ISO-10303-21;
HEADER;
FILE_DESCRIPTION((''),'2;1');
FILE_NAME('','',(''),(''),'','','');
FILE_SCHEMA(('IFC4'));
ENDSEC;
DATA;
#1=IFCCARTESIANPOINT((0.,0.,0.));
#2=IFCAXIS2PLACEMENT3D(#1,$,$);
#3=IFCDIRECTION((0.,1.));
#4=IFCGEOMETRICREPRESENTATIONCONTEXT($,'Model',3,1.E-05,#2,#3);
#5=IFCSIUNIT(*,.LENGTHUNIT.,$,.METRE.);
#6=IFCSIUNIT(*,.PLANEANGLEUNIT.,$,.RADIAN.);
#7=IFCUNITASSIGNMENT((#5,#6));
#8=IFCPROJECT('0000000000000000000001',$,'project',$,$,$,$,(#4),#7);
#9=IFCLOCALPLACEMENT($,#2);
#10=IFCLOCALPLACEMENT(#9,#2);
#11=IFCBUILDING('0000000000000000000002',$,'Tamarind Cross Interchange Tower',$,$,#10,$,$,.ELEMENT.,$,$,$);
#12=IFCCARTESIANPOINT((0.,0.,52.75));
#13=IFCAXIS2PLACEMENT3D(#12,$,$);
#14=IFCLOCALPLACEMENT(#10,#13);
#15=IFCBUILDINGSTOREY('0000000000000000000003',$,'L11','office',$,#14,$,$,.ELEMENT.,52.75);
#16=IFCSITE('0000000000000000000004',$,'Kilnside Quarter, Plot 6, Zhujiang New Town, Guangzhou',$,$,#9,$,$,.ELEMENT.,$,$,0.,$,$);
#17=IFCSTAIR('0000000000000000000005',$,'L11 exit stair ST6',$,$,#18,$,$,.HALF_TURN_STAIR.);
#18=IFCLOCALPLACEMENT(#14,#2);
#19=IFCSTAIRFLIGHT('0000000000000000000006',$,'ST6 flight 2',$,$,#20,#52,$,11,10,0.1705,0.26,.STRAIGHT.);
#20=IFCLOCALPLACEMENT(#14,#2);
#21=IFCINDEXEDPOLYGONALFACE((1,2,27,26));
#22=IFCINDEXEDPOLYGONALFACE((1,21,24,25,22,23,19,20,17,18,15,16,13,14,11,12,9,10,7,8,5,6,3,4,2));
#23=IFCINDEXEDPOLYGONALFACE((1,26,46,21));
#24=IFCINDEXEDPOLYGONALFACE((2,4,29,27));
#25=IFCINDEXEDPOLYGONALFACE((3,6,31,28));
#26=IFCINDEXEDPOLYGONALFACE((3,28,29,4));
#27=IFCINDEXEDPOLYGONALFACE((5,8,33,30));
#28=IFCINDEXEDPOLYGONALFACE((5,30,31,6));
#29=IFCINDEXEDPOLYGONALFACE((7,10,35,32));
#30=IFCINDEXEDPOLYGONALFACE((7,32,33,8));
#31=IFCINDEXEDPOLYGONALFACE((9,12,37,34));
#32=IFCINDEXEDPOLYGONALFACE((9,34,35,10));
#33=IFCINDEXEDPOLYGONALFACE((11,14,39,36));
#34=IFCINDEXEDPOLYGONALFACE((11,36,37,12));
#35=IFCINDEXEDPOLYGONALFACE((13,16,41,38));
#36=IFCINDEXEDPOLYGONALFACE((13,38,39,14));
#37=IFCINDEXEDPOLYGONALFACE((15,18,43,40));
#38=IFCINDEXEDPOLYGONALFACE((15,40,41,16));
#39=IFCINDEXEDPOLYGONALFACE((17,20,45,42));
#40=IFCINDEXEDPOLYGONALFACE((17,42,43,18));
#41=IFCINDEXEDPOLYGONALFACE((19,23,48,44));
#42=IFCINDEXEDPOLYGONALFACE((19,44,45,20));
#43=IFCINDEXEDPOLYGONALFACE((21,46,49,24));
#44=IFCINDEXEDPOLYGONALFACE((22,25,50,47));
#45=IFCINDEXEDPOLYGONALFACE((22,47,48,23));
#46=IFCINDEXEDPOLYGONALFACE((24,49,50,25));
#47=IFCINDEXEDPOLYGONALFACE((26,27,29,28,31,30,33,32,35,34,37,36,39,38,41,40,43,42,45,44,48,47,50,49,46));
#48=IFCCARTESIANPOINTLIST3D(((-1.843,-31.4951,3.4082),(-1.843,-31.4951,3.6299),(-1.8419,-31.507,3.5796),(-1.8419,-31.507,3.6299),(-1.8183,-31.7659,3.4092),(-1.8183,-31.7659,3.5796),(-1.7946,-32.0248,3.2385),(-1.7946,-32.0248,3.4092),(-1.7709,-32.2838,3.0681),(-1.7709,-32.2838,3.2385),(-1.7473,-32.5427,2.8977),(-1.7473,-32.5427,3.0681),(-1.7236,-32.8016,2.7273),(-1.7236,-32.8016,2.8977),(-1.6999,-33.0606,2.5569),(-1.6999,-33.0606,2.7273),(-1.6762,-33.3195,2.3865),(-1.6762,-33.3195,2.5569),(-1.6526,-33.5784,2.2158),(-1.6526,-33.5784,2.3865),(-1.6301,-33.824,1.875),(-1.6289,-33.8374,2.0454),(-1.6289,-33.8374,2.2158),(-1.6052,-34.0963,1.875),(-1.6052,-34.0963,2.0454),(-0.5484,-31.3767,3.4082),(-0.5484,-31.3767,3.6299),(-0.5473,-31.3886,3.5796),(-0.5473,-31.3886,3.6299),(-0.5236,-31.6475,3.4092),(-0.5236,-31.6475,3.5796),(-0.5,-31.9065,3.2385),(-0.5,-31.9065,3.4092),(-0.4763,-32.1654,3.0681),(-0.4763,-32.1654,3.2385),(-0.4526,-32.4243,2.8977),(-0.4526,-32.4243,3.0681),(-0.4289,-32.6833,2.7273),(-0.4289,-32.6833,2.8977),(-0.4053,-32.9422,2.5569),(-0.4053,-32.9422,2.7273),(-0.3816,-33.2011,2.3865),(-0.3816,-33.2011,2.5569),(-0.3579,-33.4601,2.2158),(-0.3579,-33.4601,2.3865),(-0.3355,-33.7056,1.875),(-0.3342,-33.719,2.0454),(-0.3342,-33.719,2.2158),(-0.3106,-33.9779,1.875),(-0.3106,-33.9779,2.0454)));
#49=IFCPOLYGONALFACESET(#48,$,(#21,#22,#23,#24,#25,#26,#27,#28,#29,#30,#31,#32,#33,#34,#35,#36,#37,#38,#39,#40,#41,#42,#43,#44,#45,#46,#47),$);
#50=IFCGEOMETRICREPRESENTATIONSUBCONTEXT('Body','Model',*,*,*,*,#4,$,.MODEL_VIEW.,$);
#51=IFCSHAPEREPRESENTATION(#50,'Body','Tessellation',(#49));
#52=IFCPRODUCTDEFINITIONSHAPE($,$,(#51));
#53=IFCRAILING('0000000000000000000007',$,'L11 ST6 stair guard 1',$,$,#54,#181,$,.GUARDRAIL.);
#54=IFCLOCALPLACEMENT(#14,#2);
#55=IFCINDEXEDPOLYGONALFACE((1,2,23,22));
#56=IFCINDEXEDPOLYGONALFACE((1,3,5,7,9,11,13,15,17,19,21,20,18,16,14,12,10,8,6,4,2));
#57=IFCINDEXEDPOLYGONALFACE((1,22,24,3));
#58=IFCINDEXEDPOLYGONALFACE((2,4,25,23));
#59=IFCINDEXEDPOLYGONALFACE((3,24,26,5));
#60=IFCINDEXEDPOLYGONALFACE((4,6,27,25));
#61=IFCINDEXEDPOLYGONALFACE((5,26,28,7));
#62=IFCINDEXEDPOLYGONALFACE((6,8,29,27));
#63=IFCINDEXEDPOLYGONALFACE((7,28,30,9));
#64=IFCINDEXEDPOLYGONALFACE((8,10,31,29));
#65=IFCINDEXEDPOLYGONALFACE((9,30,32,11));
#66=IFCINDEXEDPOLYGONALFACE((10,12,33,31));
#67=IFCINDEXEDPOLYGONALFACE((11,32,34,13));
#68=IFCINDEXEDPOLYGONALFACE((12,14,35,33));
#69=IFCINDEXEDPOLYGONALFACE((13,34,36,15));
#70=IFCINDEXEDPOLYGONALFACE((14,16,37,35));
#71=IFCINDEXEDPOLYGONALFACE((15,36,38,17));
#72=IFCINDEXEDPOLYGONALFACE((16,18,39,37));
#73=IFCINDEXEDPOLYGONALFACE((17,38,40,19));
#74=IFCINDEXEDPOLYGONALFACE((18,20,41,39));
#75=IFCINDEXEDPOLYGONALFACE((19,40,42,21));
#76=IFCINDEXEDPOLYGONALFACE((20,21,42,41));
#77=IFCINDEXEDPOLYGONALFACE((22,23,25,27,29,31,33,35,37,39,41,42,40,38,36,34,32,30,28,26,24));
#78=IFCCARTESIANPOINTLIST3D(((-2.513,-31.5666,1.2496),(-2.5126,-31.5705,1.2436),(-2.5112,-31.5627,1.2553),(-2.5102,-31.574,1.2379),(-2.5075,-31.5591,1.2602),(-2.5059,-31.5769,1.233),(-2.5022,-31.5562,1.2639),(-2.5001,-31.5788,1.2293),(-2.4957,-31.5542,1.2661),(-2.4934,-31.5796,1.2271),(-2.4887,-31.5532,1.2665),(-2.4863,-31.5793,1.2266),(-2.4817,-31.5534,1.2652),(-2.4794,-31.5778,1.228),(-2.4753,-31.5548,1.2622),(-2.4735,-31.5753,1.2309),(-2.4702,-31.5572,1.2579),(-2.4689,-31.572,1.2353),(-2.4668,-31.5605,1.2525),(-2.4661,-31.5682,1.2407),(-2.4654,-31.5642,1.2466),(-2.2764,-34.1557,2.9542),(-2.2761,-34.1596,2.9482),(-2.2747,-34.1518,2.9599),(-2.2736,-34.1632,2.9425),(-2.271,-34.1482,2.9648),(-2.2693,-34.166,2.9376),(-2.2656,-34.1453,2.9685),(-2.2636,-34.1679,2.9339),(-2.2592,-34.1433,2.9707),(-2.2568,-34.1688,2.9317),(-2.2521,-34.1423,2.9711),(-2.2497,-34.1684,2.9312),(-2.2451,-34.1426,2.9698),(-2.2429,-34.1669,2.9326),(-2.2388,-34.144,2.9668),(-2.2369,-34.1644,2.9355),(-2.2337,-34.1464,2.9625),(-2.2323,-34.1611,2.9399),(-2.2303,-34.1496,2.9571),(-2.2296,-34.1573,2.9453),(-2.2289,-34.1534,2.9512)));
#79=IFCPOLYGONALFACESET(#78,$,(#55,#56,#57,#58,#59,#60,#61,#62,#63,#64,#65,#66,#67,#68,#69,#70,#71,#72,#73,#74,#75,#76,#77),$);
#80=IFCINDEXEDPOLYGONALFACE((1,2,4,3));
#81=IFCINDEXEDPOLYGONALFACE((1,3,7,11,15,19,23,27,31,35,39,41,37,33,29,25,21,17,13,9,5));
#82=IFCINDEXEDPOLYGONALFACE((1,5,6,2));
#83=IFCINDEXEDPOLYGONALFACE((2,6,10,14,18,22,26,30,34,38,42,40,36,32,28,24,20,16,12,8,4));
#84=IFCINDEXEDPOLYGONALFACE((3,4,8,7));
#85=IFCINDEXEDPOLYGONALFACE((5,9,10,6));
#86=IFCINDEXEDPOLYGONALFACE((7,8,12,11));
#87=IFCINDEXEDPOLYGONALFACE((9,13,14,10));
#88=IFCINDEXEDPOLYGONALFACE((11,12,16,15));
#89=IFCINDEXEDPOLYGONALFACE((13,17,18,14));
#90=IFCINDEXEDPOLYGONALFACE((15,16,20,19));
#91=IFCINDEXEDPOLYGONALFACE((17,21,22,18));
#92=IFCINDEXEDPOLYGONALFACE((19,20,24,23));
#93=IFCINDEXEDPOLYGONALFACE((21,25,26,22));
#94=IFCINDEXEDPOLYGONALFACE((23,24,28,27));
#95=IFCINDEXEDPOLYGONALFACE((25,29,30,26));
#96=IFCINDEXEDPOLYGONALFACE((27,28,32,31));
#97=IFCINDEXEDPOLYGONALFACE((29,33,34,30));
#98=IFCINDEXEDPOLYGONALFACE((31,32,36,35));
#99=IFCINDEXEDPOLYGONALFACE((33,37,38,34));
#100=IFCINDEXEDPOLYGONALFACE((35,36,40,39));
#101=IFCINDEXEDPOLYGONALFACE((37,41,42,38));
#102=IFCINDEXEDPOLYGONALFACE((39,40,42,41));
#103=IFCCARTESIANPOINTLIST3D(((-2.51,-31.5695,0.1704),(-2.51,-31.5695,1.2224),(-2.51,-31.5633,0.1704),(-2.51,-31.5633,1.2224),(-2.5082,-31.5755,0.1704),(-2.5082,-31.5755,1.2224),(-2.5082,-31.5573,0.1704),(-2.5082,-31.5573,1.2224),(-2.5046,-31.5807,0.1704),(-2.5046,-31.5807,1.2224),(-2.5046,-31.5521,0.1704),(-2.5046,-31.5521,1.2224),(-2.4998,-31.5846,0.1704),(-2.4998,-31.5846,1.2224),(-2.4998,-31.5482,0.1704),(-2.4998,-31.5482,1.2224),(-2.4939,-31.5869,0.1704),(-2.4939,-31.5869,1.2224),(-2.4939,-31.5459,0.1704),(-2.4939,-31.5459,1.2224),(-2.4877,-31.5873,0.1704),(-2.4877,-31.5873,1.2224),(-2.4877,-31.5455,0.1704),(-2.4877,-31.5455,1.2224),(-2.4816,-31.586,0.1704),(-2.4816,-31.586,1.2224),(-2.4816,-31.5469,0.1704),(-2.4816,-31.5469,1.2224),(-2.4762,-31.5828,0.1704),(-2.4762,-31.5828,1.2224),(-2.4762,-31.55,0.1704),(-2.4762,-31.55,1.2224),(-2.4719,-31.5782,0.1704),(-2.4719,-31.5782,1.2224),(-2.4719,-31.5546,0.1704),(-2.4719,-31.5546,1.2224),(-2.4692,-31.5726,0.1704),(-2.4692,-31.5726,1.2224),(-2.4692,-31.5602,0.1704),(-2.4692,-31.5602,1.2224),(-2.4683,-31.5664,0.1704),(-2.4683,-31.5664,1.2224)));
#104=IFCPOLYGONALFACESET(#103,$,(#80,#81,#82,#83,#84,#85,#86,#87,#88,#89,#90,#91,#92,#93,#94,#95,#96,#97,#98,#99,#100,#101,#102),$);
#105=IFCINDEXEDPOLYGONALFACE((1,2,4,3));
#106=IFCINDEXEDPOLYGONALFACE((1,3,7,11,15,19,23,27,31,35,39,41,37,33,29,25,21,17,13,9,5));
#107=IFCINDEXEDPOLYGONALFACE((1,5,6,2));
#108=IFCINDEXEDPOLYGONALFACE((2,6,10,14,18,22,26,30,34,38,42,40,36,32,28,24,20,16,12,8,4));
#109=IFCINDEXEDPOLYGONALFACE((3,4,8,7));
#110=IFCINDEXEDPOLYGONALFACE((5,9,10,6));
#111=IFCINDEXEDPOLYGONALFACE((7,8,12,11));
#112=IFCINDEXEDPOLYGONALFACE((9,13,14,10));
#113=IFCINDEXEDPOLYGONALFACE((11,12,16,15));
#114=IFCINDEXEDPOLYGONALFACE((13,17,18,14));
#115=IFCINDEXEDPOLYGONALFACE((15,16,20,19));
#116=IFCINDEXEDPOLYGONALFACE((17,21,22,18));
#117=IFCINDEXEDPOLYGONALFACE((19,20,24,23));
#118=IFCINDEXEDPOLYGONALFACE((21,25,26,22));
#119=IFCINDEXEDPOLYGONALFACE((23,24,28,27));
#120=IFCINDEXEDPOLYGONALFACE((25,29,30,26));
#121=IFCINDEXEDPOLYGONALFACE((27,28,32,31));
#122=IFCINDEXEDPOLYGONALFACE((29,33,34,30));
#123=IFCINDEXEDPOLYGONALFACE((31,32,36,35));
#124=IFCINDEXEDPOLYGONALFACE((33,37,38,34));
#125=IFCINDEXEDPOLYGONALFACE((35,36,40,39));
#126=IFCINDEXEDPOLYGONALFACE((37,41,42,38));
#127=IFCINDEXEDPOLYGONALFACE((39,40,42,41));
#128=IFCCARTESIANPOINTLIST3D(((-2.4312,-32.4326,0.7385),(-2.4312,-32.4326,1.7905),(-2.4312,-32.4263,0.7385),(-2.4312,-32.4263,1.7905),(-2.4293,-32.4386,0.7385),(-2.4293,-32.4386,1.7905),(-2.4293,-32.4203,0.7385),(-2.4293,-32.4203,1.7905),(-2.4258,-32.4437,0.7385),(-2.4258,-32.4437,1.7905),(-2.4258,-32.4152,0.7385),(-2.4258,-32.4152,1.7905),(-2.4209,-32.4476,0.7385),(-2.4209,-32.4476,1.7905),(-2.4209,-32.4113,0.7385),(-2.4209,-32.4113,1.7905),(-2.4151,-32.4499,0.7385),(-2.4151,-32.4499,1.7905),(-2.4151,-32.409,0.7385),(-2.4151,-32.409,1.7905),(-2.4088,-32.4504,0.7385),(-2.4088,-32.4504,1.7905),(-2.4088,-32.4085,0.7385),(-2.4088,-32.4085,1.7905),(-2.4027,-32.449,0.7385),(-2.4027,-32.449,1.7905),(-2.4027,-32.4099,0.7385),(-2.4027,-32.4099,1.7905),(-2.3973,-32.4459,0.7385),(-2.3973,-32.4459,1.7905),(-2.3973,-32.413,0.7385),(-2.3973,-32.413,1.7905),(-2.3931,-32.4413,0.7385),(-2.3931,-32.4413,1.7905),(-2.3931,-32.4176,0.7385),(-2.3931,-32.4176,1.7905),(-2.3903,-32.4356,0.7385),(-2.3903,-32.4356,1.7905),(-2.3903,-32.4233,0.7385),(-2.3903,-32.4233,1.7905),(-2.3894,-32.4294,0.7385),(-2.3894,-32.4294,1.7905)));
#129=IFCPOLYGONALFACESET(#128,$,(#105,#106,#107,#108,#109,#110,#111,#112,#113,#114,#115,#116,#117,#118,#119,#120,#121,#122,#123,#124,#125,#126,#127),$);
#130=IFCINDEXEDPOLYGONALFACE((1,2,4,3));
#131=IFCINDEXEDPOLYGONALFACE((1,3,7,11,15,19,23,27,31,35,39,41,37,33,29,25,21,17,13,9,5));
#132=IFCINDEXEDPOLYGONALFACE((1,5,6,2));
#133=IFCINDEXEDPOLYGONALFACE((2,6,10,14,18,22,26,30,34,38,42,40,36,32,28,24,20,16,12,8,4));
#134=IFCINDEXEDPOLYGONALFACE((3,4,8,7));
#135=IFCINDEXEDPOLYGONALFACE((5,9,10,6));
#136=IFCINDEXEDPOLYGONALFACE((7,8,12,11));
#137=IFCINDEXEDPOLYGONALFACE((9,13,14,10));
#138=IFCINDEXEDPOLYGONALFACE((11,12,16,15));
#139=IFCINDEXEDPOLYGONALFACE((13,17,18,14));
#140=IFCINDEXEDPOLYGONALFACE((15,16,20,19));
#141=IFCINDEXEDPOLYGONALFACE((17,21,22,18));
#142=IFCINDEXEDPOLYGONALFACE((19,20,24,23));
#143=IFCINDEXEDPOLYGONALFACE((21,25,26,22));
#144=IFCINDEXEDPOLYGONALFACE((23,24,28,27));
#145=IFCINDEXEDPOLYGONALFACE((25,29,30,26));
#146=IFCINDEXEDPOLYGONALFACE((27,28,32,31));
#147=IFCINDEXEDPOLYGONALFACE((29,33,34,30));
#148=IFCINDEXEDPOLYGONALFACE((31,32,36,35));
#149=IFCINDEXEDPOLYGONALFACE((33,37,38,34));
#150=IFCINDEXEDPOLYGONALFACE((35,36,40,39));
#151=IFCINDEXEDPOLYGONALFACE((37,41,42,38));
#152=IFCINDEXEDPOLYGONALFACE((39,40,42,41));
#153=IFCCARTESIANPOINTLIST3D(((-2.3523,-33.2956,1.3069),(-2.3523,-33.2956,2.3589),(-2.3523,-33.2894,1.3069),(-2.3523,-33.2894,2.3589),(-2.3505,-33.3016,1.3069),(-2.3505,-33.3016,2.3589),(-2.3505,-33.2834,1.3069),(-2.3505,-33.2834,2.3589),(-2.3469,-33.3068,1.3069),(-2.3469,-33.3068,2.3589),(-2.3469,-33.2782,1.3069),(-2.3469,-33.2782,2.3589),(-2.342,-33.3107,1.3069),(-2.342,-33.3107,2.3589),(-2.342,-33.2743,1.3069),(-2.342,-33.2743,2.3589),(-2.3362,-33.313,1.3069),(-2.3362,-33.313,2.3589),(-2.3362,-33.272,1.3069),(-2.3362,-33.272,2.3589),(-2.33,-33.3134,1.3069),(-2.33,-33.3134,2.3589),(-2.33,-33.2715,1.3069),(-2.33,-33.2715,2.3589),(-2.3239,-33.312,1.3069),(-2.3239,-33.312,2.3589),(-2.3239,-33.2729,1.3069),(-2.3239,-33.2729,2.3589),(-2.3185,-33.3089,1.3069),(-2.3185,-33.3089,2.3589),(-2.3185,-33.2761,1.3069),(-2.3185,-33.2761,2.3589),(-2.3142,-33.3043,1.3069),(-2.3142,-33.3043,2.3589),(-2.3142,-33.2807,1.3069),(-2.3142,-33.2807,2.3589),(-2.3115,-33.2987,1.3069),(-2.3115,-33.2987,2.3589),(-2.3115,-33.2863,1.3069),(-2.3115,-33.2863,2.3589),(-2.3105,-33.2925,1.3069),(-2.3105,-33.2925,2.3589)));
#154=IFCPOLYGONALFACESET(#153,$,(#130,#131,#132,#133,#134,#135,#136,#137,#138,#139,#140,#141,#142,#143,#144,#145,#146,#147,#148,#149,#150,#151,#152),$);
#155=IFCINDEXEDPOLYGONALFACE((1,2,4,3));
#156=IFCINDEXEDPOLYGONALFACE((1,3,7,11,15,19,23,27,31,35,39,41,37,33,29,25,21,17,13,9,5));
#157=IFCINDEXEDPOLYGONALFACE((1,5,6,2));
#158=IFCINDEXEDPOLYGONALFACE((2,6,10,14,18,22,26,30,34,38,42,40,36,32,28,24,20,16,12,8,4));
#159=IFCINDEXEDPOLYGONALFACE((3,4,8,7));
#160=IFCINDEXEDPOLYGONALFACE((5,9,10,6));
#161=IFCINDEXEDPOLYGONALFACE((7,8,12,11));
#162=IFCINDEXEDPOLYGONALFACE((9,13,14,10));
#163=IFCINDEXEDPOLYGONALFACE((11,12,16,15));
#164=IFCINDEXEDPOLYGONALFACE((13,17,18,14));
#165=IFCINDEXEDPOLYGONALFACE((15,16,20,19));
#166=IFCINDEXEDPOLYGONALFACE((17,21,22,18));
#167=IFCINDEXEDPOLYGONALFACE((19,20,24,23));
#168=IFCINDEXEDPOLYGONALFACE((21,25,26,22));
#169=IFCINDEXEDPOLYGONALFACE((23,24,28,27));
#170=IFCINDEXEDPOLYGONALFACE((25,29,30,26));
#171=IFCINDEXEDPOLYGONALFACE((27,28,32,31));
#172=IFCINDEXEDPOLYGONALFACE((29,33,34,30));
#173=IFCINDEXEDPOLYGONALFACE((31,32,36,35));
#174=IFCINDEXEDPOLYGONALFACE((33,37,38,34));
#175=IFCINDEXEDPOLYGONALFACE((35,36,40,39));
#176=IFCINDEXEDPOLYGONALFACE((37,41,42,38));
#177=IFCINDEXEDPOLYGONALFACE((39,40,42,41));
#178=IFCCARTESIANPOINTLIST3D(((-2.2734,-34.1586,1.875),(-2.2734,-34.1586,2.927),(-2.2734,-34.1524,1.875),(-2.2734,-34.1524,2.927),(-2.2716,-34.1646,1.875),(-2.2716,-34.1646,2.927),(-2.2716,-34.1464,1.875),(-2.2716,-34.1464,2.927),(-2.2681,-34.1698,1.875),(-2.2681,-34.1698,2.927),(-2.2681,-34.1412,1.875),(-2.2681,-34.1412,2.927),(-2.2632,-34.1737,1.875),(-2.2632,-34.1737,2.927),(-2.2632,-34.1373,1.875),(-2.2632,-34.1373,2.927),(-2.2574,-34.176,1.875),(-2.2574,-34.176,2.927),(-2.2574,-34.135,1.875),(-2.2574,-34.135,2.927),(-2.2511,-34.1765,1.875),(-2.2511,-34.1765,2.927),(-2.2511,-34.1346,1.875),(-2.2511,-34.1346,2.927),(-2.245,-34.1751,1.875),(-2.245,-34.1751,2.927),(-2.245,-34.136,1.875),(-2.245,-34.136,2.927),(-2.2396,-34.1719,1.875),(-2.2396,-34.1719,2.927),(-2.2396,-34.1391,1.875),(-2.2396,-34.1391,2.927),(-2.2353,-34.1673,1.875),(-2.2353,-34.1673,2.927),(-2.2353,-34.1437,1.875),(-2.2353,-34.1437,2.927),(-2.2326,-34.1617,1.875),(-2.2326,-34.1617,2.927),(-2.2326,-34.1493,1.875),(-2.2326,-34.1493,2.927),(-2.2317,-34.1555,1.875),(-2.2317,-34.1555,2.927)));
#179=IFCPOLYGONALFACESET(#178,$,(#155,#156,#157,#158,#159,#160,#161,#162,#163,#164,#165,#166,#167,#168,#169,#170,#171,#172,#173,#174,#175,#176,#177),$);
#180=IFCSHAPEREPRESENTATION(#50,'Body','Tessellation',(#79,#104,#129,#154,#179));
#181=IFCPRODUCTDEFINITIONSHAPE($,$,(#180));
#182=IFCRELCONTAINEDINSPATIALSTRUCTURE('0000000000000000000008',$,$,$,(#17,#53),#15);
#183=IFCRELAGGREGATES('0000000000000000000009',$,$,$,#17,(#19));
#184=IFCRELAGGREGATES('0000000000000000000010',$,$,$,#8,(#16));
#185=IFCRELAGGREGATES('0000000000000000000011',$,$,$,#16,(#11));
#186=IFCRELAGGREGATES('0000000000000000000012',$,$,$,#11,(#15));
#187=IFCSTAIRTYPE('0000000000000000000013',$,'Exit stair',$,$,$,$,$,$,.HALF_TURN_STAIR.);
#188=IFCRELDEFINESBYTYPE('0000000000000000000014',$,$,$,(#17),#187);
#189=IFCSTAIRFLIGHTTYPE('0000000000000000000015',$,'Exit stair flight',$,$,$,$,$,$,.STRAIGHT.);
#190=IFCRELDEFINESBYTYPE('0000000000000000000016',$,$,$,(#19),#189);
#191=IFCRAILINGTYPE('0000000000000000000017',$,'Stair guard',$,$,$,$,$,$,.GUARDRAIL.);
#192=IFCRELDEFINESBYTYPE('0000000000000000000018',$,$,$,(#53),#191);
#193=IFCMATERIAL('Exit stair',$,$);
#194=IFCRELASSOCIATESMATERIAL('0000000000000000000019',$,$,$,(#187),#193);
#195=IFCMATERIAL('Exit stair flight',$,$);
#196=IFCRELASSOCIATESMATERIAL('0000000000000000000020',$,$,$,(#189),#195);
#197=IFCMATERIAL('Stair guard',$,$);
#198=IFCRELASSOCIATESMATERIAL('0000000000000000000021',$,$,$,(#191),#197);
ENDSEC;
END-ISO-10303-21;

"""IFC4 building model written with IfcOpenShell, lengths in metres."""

from ifc_helpers import new_model, si_unit, direction, frame, origin, origin_2d, place, context, subcontext, project, spatial, polyline, circle, outline, extrude, material, type_object, element, aggregate, save


model = new_model("IFC4")

# Units and contexts
model_context = context("Model", 3, precision=1e-05, world=origin(), true_north=direction((0.0, 1.0)))
body_context = subcontext(model_context, "Body", "Model", "MODEL_VIEW")
ifc_project = project(units=[si_unit("LENGTHUNIT", "METRE"), si_unit("PLANEANGLEUNIT", "RADIAN")], contexts=[model_context])

# Site, building, storey
site_placement = place(None, origin())
site = spatial("IfcSite", under=ifc_project, at=site_placement, Name="Kilnside Quarter, Plot 6, Zhujiang New Town, Guangzhou", CompositionType="ELEMENT", RefElevation=0.0)
building_placement = place(site_placement, origin())
building = spatial("IfcBuilding", under=site, at=building_placement, Name="Tamarind Cross Interchange Tower", CompositionType="ELEMENT")
storey_placement = place(building_placement, frame((0.0, 0.0, 52.75)))
storey = spatial("IfcBuildingStorey", under=building, at=storey_placement, Name="L11", Description="office", CompositionType="ELEMENT", Elevation=52.75)

# Stair, stair flight
ifc_material_1 = material(Name="Exit stair")
stair_type = type_object("IfcStairType", Name="Exit stair", PredefinedType="HALF_TURN_STAIR", material=ifc_material_1)
stair_placement = place(storey_placement, origin())
stair = element("IfcStair", 1, at=stair_placement, inside=storey, type_object=stair_type, Name="L11 exit stair ST6", PredefinedType="HALF_TURN_STAIR")
ifc_material_2 = material(Name="Exit stair flight")
stair_flight_type = type_object("IfcStairFlightType", Name="Exit stair flight", PredefinedType="STRAIGHT", material=ifc_material_2)
stair_flight_1_placement = place(storey_placement, frame((-0.958, -34.0371, 1.875), z_axis=(0.0, 0.0, 1.0), x_axis=(-0.09105, 0.995846, 0.0)))
stair_flight_1 = element("IfcStairFlight", 2, at=stair_flight_1_placement, type_object=stair_flight_type, Name="ST6 flight 2", NumberOfRisers=11, NumberOfTreads=10, PredefinedType="STRAIGHT", RiserHeight=0.1705, TreadLength=0.26, context=body_context, shape_type="SweptSolid", body=[
    extrude(outline(polyline([(0.0, 0.0), (0.0, 0.1704), (0.26, 0.1704), (0.26, 0.3408), (0.52, 0.3408), (0.52, 0.5115), (0.78, 0.5115), (0.78, 0.6819), (1.04, 0.6819), (1.04, 0.8523), (1.3, 0.8523), (1.3, 1.0227), (1.5601, 1.0227), (1.5601, 1.1931), (1.8201, 1.1931), (1.8201, 1.3635), (2.0801, 1.3635), (2.0801, 1.5342), (2.3401, 1.5342), (2.3401, 1.7046), (2.6001, 1.7046), (2.6001, 1.7549), (2.6121, 1.7549), (2.6121, 1.5332), (0.2734, 0.0), (0.0, 0.0)])), frame((0.0, 0.6499, 0.0), z_axis=(0.0, -1.0, 0.0), x_axis=(1.0, 0.0, 0.0)), (0.0, 0.0, 1.0), 1.3),
])
aggregate(stair, [stair_flight_1])

# Railing
ifc_material_3 = material(Name="Stair guard")
railing_type_1 = type_object("IfcRailingType", Name="Stair guard", PredefinedType="GUARDRAIL", material=ifc_material_3)
railing_1_placement = place(storey_placement, frame((-2.4893, -31.5664, 0.1704)))
element("IfcRailing", 3, at=railing_1_placement, inside=storey, type_object=railing_type_1, Name="L11 ST6 stair guard 1", PredefinedType="GUARDRAIL", context=body_context, shape_type="SweptSolid", body=[
    extrude(circle(Radius=0.0239, at=origin_2d()), frame((0.0, 0.0, 1.0762), z_axis=(0.076096, -0.832814, 0.548298), x_axis=(0.995852, 0.090993, 0.0)), (0.0, 0.0, 1.0), 3.1089),
    extrude(circle(Radius=0.021, at=origin_2d()), origin(), (0.0, 0.0, 1.0), 1.052),
    extrude(circle(Radius=0.021, at=origin_2d()), frame((0.0789, -0.863, 0.5681)), (0.0, 0.0, 1.0), 1.052),
    extrude(circle(Radius=0.021, at=origin_2d()), frame((0.1577, -1.7261, 1.1365)), (0.0, 0.0, 1.0), 1.052),
    extrude(circle(Radius=0.021, at=origin_2d()), frame((0.2366, -2.5891, 1.7046)), (0.0, 0.0, 1.0), 1.052),
])

save(model, "model.ifc")
